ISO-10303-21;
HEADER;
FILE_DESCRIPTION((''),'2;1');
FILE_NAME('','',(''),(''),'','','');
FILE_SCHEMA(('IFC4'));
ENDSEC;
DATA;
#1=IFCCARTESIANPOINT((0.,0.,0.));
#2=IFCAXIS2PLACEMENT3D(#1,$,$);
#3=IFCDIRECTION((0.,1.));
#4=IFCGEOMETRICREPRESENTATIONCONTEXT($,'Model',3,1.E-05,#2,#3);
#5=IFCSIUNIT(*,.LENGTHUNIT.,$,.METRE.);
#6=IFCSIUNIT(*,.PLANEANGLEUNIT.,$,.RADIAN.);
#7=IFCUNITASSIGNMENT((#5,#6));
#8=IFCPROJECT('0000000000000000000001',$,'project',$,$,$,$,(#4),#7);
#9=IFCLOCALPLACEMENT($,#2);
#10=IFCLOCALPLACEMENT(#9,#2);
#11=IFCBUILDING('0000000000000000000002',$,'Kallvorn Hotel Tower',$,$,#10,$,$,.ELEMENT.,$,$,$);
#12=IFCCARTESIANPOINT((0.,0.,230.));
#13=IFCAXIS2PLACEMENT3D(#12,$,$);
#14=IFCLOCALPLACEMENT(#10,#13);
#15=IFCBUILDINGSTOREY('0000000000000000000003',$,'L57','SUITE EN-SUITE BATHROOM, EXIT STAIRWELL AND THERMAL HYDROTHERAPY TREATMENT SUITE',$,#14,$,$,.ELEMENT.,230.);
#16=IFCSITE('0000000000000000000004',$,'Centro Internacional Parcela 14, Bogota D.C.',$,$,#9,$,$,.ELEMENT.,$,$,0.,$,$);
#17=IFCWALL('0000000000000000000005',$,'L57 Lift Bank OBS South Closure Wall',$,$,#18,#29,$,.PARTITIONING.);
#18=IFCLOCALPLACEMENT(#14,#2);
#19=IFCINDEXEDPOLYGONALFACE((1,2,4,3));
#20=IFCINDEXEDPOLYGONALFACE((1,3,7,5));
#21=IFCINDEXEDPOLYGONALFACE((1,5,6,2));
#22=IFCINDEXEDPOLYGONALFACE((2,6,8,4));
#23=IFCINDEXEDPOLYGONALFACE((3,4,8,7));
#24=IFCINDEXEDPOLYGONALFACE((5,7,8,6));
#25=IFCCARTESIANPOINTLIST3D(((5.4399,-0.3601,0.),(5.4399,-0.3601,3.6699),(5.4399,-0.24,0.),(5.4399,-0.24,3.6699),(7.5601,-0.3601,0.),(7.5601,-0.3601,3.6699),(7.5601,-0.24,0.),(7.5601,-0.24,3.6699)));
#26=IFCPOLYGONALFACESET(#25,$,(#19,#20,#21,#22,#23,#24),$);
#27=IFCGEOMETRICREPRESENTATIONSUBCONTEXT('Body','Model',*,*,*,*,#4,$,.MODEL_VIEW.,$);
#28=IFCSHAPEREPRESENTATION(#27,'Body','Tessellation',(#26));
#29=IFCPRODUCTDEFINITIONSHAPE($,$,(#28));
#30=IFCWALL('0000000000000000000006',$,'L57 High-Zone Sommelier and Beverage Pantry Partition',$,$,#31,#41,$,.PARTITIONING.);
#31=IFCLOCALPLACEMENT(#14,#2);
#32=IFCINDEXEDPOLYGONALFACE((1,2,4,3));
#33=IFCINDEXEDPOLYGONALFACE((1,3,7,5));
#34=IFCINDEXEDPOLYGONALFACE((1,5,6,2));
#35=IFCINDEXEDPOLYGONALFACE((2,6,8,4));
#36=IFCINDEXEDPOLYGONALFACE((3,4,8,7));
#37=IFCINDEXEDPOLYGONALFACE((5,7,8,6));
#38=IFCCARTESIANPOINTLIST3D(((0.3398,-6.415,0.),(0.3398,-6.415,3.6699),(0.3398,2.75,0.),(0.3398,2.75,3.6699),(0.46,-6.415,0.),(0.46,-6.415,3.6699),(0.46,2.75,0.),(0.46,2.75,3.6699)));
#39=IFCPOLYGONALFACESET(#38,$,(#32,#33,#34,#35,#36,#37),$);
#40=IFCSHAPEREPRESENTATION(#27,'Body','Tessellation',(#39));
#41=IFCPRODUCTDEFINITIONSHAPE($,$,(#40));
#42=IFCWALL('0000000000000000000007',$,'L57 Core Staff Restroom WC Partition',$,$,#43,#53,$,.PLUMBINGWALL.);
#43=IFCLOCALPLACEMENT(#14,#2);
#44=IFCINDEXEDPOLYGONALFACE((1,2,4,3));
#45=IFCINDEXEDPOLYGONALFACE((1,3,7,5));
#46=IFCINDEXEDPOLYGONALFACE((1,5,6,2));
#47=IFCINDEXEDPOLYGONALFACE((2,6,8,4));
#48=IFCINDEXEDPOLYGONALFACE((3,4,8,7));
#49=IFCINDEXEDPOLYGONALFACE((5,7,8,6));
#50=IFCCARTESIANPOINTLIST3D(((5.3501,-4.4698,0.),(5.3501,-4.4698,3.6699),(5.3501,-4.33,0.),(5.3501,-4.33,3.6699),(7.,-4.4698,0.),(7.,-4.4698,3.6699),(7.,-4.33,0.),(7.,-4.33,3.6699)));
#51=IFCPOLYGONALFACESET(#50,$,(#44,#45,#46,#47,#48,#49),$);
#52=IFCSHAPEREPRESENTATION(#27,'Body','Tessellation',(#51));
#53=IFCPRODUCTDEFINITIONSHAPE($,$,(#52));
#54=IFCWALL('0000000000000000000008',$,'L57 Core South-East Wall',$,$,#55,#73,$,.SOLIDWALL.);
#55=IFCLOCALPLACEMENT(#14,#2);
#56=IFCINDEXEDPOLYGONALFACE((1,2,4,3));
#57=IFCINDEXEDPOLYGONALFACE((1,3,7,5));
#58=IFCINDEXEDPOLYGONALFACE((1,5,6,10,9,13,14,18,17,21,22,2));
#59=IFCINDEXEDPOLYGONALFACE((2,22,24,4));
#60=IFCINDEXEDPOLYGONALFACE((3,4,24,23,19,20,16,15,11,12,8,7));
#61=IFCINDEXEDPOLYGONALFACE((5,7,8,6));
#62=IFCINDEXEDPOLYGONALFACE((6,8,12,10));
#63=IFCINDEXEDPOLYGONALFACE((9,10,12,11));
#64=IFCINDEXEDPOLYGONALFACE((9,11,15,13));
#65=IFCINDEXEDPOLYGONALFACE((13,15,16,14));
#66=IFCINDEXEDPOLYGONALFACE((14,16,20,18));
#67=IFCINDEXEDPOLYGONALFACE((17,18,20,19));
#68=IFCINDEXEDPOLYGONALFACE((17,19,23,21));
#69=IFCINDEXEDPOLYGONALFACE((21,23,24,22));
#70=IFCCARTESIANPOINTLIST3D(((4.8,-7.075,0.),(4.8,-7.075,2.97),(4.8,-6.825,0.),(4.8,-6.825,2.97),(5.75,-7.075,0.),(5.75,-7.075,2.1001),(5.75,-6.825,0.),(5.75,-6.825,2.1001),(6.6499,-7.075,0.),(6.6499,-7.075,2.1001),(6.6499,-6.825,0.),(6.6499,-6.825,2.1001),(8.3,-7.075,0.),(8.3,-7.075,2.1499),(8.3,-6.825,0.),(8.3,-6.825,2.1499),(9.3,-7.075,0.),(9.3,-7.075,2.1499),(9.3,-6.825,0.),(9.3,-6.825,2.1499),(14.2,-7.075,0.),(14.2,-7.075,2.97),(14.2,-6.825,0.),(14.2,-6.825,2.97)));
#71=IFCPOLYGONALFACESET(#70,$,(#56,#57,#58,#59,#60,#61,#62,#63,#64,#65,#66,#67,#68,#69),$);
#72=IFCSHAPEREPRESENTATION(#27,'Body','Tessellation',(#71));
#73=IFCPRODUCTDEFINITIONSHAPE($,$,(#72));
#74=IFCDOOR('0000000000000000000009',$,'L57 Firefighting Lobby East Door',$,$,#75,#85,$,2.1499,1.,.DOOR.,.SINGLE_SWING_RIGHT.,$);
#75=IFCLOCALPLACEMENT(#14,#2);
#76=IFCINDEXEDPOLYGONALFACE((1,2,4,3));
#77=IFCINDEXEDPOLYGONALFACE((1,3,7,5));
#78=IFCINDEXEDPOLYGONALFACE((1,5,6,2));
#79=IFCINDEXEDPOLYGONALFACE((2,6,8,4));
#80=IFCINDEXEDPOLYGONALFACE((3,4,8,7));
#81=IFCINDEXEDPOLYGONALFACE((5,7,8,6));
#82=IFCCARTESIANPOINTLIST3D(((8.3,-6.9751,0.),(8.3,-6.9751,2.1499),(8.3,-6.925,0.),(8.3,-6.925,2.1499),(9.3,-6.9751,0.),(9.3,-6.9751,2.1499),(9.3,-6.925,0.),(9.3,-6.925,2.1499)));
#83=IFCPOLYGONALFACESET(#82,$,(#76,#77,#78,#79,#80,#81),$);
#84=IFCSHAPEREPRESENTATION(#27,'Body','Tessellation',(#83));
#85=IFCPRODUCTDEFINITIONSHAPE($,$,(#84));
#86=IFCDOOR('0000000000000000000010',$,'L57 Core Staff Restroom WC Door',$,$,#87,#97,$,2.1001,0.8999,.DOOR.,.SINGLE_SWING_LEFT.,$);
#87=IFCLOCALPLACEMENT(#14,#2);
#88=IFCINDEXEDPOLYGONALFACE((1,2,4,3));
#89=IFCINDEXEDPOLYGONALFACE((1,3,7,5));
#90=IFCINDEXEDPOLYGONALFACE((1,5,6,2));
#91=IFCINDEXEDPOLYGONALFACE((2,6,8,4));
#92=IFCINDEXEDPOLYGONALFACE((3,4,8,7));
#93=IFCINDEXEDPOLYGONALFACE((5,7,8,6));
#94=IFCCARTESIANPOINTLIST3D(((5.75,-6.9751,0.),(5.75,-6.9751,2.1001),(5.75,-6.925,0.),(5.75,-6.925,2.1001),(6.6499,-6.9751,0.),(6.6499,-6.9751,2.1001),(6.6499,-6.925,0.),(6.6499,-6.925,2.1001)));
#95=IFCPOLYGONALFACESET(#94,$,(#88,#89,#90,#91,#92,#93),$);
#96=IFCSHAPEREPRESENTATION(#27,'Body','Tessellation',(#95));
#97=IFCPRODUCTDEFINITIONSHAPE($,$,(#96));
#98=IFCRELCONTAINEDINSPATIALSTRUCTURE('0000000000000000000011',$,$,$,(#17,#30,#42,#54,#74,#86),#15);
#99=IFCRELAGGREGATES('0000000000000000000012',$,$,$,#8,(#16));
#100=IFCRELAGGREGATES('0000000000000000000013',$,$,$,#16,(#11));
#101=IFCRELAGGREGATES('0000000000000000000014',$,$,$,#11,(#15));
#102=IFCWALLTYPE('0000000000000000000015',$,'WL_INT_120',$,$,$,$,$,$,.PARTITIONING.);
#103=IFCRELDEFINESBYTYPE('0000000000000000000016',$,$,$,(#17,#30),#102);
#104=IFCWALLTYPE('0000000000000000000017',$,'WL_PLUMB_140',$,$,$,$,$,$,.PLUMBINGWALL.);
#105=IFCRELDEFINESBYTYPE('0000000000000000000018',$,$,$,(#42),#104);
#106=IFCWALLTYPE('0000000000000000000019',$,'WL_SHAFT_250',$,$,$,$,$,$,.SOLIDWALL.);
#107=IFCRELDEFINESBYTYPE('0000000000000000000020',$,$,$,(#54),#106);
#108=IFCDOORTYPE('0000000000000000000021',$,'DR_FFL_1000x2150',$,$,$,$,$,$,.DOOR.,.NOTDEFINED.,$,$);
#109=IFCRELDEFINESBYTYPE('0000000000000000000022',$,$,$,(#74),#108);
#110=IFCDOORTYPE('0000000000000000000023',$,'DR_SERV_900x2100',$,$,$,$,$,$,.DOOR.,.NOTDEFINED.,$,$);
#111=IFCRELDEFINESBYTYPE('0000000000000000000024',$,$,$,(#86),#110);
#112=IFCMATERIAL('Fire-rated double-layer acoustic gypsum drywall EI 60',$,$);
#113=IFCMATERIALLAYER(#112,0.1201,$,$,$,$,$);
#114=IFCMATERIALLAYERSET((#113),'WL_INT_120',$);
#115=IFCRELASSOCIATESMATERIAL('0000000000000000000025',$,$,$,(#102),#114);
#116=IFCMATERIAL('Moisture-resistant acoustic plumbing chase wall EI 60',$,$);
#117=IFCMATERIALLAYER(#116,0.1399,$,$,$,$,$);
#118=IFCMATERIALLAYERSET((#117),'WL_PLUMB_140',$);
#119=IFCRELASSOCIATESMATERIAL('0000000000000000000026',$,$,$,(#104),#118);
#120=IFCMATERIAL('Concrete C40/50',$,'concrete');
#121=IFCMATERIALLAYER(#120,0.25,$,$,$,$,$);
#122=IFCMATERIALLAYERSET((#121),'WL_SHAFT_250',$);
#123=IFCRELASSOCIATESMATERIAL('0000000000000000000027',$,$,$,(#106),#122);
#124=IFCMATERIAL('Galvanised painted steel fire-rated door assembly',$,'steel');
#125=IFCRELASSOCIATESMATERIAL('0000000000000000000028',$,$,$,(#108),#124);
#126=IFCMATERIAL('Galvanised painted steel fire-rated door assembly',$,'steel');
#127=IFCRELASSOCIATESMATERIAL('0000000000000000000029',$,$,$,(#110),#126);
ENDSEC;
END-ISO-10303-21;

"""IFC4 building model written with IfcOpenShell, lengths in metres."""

from ifc_helpers import new_model, si_unit, direction, frame, frame_2d, origin, place, context, subcontext, project, spatial, rectangle, extrude, material, layer, layer_set, type_object, element, fill, save


model = new_model("IFC4")

# Units and contexts
model_context = context("Model", 3, precision=1e-05, world=origin(), true_north=direction((0.0, 1.0)))
body_context = subcontext(model_context, "Body", "Model", "MODEL_VIEW")
ifc_project = project(units=[si_unit("LENGTHUNIT", "METRE"), si_unit("PLANEANGLEUNIT", "RADIAN")], contexts=[model_context])

# Site, building, storey
site_placement = place(None, origin())
site = spatial("IfcSite", under=ifc_project, at=site_placement, Name="Centro Internacional Parcela 14, Bogota D.C.", CompositionType="ELEMENT", RefElevation=0.0)
building_placement = place(site_placement, origin())
building = spatial("IfcBuilding", under=site, at=building_placement, Name="Kallvorn Hotel Tower", CompositionType="ELEMENT")
storey_placement = place(building_placement, frame((0.0, 0.0, 230.0)))
storey = spatial("IfcBuildingStorey", under=building, at=storey_placement, Name="L57", Description="SUITE EN-SUITE BATHROOM, EXIT STAIRWELL AND THERMAL HYDROTHERAPY TREATMENT SUITE", CompositionType="ELEMENT", Elevation=230.0)

# Walls
ifc_material_1 = material(Name="Fire-rated double-layer acoustic gypsum drywall EI 60")
ifc_layer_1 = layer(ifc_material_1, 0.1201)
ifc_layer_set_1 = layer_set([ifc_layer_1], Name="WL_INT_120")
wall_type_1 = type_object("IfcWallType", Name="WL_INT_120", PredefinedType="PARTITIONING", material=ifc_layer_set_1)
wall_1_placement = place(storey_placement, frame((5.4399, -0.3, 0.0), z_axis=(0.0, 0.0, 1.0), x_axis=(1.0, 0.0, 0.0)))
element("IfcWall", 1, at=wall_1_placement, inside=storey, type_object=wall_type_1, Name="L57 Lift Bank OBS South Closure Wall", PredefinedType="PARTITIONING", context=body_context, shape_type="SweptSolid", body=[
    extrude(rectangle(XDim=2.1201, YDim=0.1201, at=frame_2d((1.0601, 0.0))), origin(), (0.0, 0.0, 1.0), 3.6699),
])
wall_2_placement = place(storey_placement, frame((0.3999, -6.415, 0.0), z_axis=(0.0, 0.0, 1.0), x_axis=(0.0, 1.0, 0.0)))
element("IfcWall", 2, at=wall_2_placement, inside=storey, type_object=wall_type_1, Name="L57 High-Zone Sommelier and Beverage Pantry Partition", PredefinedType="PARTITIONING", context=body_context, shape_type="SweptSolid", body=[
    extrude(rectangle(XDim=9.165, YDim=0.1201, at=frame_2d((4.5825, 0.0))), origin(), (0.0, 0.0, 1.0), 3.6699),
])
ifc_material_2 = material(Name="Moisture-resistant acoustic plumbing chase wall EI 60")
ifc_layer_2 = layer(ifc_material_2, 0.1399)
ifc_layer_set_2 = layer_set([ifc_layer_2], Name="WL_PLUMB_140")
wall_type_2 = type_object("IfcWallType", Name="WL_PLUMB_140", PredefinedType="PLUMBINGWALL", material=ifc_layer_set_2)
wall_3_placement = place(storey_placement, frame((5.3501, -4.3999, 0.0), z_axis=(0.0, 0.0, 1.0), x_axis=(1.0, 0.0, 0.0)))
element("IfcWall", 3, at=wall_3_placement, inside=storey, type_object=wall_type_2, Name="L57 Core Staff Restroom WC Partition", PredefinedType="PLUMBINGWALL", context=body_context, shape_type="SweptSolid", body=[
    extrude(rectangle(XDim=1.6499, YDim=0.1399, at=frame_2d((0.825, 0.0))), origin(), (0.0, 0.0, 1.0), 3.6699),
])

# Wall, openings, doors
ifc_material_3 = material(Name="Concrete C40/50", Category="concrete")
ifc_layer_3 = layer(ifc_material_3, 0.25)
ifc_layer_set_3 = layer_set([ifc_layer_3], Name="WL_SHAFT_250")
wall_type_3 = type_object("IfcWallType", Name="WL_SHAFT_250", PredefinedType="SOLIDWALL", material=ifc_layer_set_3)
wall_4_placement = place(storey_placement, frame((4.8, -6.95, 0.0), z_axis=(0.0, 0.0, 1.0), x_axis=(1.0, 0.0, 0.0)))
wall_4 = element("IfcWall", 4, at=wall_4_placement, inside=storey, type_object=wall_type_3, Name="L57 Core South-East Wall", PredefinedType="SOLIDWALL", context=body_context, shape_type="SweptSolid", body=[
    extrude(rectangle(XDim=9.3999, YDim=0.25, at=frame_2d((4.7, 0.0))), origin(), (0.0, 0.0, 1.0), 2.97),
])
opening_1_placement = place(wall_4_placement, frame((3.5, 0.0, 0.0)))
opening_1 = element("IfcOpeningElement", 5, at=opening_1_placement, cuts=wall_4, PredefinedType="OPENING", context=body_context, shape_type="SweptSolid", body=[
    extrude(rectangle(XDim=1.0, YDim=2.1499, at=frame_2d((0.5, 1.075))), frame((0.0, 0.1399, 0.0), z_axis=(0.0, -1.0, 0.0), x_axis=(1.0, 0.0, 0.0)), (0.0, 0.0, 1.0), 0.28),
])
opening_2_placement = place(wall_4_placement, frame((0.95, 0.0, 0.0)))
opening_2 = element("IfcOpeningElement", 6, at=opening_2_placement, cuts=wall_4, PredefinedType="OPENING", context=body_context, shape_type="SweptSolid", body=[
    extrude(rectangle(XDim=0.8999, YDim=2.1001, at=frame_2d((0.45, 1.05))), frame((0.0, 0.1399, 0.0), z_axis=(0.0, -1.0, 0.0), x_axis=(1.0, 0.0, 0.0)), (0.0, 0.0, 1.0), 0.28),
])
ifc_material_4 = material(Name="Galvanised painted steel fire-rated door assembly", Category="steel")
door_type_1 = type_object("IfcDoorType", Name="DR_FFL_1000x2150", OperationType="NOTDEFINED", PredefinedType="DOOR", material=ifc_material_4)
door_1_placement = place(opening_1_placement, origin())
door_1 = element("IfcDoor", 7, at=door_1_placement, inside=storey, type_object=door_type_1, Name="L57 Firefighting Lobby East Door", OperationType="SINGLE_SWING_RIGHT", OverallHeight=2.1499, OverallWidth=1.0, PredefinedType="DOOR", context=body_context, shape_type="SweptSolid", body=[
    extrude(rectangle(XDim=1.0, YDim=2.1499, at=frame_2d((0.5, 1.075))), frame((0.0, 0.0249, 0.0), z_axis=(0.0, -1.0, 0.0), x_axis=(1.0, 0.0, 0.0)), (0.0, 0.0, 1.0), 0.05),
])
fill(opening_1, door_1)
ifc_material_5 = material(Name="Galvanised painted steel fire-rated door assembly", Category="steel")
door_type_2 = type_object("IfcDoorType", Name="DR_SERV_900x2100", OperationType="NOTDEFINED", PredefinedType="DOOR", material=ifc_material_5)
door_2_placement = place(opening_2_placement, origin())
door_2 = element("IfcDoor", 8, at=door_2_placement, inside=storey, type_object=door_type_2, Name="L57 Core Staff Restroom WC Door", OperationType="SINGLE_SWING_LEFT", OverallHeight=2.1001, OverallWidth=0.8999, PredefinedType="DOOR", context=body_context, shape_type="SweptSolid", body=[
    extrude(rectangle(XDim=0.8999, YDim=2.1001, at=frame_2d((0.45, 1.05))), frame((0.0, 0.0249, 0.0), z_axis=(0.0, -1.0, 0.0), x_axis=(1.0, 0.0, 0.0)), (0.0, 0.0, 1.0), 0.05),
])
fill(opening_2, door_2)

save(model, "model.ifc")
